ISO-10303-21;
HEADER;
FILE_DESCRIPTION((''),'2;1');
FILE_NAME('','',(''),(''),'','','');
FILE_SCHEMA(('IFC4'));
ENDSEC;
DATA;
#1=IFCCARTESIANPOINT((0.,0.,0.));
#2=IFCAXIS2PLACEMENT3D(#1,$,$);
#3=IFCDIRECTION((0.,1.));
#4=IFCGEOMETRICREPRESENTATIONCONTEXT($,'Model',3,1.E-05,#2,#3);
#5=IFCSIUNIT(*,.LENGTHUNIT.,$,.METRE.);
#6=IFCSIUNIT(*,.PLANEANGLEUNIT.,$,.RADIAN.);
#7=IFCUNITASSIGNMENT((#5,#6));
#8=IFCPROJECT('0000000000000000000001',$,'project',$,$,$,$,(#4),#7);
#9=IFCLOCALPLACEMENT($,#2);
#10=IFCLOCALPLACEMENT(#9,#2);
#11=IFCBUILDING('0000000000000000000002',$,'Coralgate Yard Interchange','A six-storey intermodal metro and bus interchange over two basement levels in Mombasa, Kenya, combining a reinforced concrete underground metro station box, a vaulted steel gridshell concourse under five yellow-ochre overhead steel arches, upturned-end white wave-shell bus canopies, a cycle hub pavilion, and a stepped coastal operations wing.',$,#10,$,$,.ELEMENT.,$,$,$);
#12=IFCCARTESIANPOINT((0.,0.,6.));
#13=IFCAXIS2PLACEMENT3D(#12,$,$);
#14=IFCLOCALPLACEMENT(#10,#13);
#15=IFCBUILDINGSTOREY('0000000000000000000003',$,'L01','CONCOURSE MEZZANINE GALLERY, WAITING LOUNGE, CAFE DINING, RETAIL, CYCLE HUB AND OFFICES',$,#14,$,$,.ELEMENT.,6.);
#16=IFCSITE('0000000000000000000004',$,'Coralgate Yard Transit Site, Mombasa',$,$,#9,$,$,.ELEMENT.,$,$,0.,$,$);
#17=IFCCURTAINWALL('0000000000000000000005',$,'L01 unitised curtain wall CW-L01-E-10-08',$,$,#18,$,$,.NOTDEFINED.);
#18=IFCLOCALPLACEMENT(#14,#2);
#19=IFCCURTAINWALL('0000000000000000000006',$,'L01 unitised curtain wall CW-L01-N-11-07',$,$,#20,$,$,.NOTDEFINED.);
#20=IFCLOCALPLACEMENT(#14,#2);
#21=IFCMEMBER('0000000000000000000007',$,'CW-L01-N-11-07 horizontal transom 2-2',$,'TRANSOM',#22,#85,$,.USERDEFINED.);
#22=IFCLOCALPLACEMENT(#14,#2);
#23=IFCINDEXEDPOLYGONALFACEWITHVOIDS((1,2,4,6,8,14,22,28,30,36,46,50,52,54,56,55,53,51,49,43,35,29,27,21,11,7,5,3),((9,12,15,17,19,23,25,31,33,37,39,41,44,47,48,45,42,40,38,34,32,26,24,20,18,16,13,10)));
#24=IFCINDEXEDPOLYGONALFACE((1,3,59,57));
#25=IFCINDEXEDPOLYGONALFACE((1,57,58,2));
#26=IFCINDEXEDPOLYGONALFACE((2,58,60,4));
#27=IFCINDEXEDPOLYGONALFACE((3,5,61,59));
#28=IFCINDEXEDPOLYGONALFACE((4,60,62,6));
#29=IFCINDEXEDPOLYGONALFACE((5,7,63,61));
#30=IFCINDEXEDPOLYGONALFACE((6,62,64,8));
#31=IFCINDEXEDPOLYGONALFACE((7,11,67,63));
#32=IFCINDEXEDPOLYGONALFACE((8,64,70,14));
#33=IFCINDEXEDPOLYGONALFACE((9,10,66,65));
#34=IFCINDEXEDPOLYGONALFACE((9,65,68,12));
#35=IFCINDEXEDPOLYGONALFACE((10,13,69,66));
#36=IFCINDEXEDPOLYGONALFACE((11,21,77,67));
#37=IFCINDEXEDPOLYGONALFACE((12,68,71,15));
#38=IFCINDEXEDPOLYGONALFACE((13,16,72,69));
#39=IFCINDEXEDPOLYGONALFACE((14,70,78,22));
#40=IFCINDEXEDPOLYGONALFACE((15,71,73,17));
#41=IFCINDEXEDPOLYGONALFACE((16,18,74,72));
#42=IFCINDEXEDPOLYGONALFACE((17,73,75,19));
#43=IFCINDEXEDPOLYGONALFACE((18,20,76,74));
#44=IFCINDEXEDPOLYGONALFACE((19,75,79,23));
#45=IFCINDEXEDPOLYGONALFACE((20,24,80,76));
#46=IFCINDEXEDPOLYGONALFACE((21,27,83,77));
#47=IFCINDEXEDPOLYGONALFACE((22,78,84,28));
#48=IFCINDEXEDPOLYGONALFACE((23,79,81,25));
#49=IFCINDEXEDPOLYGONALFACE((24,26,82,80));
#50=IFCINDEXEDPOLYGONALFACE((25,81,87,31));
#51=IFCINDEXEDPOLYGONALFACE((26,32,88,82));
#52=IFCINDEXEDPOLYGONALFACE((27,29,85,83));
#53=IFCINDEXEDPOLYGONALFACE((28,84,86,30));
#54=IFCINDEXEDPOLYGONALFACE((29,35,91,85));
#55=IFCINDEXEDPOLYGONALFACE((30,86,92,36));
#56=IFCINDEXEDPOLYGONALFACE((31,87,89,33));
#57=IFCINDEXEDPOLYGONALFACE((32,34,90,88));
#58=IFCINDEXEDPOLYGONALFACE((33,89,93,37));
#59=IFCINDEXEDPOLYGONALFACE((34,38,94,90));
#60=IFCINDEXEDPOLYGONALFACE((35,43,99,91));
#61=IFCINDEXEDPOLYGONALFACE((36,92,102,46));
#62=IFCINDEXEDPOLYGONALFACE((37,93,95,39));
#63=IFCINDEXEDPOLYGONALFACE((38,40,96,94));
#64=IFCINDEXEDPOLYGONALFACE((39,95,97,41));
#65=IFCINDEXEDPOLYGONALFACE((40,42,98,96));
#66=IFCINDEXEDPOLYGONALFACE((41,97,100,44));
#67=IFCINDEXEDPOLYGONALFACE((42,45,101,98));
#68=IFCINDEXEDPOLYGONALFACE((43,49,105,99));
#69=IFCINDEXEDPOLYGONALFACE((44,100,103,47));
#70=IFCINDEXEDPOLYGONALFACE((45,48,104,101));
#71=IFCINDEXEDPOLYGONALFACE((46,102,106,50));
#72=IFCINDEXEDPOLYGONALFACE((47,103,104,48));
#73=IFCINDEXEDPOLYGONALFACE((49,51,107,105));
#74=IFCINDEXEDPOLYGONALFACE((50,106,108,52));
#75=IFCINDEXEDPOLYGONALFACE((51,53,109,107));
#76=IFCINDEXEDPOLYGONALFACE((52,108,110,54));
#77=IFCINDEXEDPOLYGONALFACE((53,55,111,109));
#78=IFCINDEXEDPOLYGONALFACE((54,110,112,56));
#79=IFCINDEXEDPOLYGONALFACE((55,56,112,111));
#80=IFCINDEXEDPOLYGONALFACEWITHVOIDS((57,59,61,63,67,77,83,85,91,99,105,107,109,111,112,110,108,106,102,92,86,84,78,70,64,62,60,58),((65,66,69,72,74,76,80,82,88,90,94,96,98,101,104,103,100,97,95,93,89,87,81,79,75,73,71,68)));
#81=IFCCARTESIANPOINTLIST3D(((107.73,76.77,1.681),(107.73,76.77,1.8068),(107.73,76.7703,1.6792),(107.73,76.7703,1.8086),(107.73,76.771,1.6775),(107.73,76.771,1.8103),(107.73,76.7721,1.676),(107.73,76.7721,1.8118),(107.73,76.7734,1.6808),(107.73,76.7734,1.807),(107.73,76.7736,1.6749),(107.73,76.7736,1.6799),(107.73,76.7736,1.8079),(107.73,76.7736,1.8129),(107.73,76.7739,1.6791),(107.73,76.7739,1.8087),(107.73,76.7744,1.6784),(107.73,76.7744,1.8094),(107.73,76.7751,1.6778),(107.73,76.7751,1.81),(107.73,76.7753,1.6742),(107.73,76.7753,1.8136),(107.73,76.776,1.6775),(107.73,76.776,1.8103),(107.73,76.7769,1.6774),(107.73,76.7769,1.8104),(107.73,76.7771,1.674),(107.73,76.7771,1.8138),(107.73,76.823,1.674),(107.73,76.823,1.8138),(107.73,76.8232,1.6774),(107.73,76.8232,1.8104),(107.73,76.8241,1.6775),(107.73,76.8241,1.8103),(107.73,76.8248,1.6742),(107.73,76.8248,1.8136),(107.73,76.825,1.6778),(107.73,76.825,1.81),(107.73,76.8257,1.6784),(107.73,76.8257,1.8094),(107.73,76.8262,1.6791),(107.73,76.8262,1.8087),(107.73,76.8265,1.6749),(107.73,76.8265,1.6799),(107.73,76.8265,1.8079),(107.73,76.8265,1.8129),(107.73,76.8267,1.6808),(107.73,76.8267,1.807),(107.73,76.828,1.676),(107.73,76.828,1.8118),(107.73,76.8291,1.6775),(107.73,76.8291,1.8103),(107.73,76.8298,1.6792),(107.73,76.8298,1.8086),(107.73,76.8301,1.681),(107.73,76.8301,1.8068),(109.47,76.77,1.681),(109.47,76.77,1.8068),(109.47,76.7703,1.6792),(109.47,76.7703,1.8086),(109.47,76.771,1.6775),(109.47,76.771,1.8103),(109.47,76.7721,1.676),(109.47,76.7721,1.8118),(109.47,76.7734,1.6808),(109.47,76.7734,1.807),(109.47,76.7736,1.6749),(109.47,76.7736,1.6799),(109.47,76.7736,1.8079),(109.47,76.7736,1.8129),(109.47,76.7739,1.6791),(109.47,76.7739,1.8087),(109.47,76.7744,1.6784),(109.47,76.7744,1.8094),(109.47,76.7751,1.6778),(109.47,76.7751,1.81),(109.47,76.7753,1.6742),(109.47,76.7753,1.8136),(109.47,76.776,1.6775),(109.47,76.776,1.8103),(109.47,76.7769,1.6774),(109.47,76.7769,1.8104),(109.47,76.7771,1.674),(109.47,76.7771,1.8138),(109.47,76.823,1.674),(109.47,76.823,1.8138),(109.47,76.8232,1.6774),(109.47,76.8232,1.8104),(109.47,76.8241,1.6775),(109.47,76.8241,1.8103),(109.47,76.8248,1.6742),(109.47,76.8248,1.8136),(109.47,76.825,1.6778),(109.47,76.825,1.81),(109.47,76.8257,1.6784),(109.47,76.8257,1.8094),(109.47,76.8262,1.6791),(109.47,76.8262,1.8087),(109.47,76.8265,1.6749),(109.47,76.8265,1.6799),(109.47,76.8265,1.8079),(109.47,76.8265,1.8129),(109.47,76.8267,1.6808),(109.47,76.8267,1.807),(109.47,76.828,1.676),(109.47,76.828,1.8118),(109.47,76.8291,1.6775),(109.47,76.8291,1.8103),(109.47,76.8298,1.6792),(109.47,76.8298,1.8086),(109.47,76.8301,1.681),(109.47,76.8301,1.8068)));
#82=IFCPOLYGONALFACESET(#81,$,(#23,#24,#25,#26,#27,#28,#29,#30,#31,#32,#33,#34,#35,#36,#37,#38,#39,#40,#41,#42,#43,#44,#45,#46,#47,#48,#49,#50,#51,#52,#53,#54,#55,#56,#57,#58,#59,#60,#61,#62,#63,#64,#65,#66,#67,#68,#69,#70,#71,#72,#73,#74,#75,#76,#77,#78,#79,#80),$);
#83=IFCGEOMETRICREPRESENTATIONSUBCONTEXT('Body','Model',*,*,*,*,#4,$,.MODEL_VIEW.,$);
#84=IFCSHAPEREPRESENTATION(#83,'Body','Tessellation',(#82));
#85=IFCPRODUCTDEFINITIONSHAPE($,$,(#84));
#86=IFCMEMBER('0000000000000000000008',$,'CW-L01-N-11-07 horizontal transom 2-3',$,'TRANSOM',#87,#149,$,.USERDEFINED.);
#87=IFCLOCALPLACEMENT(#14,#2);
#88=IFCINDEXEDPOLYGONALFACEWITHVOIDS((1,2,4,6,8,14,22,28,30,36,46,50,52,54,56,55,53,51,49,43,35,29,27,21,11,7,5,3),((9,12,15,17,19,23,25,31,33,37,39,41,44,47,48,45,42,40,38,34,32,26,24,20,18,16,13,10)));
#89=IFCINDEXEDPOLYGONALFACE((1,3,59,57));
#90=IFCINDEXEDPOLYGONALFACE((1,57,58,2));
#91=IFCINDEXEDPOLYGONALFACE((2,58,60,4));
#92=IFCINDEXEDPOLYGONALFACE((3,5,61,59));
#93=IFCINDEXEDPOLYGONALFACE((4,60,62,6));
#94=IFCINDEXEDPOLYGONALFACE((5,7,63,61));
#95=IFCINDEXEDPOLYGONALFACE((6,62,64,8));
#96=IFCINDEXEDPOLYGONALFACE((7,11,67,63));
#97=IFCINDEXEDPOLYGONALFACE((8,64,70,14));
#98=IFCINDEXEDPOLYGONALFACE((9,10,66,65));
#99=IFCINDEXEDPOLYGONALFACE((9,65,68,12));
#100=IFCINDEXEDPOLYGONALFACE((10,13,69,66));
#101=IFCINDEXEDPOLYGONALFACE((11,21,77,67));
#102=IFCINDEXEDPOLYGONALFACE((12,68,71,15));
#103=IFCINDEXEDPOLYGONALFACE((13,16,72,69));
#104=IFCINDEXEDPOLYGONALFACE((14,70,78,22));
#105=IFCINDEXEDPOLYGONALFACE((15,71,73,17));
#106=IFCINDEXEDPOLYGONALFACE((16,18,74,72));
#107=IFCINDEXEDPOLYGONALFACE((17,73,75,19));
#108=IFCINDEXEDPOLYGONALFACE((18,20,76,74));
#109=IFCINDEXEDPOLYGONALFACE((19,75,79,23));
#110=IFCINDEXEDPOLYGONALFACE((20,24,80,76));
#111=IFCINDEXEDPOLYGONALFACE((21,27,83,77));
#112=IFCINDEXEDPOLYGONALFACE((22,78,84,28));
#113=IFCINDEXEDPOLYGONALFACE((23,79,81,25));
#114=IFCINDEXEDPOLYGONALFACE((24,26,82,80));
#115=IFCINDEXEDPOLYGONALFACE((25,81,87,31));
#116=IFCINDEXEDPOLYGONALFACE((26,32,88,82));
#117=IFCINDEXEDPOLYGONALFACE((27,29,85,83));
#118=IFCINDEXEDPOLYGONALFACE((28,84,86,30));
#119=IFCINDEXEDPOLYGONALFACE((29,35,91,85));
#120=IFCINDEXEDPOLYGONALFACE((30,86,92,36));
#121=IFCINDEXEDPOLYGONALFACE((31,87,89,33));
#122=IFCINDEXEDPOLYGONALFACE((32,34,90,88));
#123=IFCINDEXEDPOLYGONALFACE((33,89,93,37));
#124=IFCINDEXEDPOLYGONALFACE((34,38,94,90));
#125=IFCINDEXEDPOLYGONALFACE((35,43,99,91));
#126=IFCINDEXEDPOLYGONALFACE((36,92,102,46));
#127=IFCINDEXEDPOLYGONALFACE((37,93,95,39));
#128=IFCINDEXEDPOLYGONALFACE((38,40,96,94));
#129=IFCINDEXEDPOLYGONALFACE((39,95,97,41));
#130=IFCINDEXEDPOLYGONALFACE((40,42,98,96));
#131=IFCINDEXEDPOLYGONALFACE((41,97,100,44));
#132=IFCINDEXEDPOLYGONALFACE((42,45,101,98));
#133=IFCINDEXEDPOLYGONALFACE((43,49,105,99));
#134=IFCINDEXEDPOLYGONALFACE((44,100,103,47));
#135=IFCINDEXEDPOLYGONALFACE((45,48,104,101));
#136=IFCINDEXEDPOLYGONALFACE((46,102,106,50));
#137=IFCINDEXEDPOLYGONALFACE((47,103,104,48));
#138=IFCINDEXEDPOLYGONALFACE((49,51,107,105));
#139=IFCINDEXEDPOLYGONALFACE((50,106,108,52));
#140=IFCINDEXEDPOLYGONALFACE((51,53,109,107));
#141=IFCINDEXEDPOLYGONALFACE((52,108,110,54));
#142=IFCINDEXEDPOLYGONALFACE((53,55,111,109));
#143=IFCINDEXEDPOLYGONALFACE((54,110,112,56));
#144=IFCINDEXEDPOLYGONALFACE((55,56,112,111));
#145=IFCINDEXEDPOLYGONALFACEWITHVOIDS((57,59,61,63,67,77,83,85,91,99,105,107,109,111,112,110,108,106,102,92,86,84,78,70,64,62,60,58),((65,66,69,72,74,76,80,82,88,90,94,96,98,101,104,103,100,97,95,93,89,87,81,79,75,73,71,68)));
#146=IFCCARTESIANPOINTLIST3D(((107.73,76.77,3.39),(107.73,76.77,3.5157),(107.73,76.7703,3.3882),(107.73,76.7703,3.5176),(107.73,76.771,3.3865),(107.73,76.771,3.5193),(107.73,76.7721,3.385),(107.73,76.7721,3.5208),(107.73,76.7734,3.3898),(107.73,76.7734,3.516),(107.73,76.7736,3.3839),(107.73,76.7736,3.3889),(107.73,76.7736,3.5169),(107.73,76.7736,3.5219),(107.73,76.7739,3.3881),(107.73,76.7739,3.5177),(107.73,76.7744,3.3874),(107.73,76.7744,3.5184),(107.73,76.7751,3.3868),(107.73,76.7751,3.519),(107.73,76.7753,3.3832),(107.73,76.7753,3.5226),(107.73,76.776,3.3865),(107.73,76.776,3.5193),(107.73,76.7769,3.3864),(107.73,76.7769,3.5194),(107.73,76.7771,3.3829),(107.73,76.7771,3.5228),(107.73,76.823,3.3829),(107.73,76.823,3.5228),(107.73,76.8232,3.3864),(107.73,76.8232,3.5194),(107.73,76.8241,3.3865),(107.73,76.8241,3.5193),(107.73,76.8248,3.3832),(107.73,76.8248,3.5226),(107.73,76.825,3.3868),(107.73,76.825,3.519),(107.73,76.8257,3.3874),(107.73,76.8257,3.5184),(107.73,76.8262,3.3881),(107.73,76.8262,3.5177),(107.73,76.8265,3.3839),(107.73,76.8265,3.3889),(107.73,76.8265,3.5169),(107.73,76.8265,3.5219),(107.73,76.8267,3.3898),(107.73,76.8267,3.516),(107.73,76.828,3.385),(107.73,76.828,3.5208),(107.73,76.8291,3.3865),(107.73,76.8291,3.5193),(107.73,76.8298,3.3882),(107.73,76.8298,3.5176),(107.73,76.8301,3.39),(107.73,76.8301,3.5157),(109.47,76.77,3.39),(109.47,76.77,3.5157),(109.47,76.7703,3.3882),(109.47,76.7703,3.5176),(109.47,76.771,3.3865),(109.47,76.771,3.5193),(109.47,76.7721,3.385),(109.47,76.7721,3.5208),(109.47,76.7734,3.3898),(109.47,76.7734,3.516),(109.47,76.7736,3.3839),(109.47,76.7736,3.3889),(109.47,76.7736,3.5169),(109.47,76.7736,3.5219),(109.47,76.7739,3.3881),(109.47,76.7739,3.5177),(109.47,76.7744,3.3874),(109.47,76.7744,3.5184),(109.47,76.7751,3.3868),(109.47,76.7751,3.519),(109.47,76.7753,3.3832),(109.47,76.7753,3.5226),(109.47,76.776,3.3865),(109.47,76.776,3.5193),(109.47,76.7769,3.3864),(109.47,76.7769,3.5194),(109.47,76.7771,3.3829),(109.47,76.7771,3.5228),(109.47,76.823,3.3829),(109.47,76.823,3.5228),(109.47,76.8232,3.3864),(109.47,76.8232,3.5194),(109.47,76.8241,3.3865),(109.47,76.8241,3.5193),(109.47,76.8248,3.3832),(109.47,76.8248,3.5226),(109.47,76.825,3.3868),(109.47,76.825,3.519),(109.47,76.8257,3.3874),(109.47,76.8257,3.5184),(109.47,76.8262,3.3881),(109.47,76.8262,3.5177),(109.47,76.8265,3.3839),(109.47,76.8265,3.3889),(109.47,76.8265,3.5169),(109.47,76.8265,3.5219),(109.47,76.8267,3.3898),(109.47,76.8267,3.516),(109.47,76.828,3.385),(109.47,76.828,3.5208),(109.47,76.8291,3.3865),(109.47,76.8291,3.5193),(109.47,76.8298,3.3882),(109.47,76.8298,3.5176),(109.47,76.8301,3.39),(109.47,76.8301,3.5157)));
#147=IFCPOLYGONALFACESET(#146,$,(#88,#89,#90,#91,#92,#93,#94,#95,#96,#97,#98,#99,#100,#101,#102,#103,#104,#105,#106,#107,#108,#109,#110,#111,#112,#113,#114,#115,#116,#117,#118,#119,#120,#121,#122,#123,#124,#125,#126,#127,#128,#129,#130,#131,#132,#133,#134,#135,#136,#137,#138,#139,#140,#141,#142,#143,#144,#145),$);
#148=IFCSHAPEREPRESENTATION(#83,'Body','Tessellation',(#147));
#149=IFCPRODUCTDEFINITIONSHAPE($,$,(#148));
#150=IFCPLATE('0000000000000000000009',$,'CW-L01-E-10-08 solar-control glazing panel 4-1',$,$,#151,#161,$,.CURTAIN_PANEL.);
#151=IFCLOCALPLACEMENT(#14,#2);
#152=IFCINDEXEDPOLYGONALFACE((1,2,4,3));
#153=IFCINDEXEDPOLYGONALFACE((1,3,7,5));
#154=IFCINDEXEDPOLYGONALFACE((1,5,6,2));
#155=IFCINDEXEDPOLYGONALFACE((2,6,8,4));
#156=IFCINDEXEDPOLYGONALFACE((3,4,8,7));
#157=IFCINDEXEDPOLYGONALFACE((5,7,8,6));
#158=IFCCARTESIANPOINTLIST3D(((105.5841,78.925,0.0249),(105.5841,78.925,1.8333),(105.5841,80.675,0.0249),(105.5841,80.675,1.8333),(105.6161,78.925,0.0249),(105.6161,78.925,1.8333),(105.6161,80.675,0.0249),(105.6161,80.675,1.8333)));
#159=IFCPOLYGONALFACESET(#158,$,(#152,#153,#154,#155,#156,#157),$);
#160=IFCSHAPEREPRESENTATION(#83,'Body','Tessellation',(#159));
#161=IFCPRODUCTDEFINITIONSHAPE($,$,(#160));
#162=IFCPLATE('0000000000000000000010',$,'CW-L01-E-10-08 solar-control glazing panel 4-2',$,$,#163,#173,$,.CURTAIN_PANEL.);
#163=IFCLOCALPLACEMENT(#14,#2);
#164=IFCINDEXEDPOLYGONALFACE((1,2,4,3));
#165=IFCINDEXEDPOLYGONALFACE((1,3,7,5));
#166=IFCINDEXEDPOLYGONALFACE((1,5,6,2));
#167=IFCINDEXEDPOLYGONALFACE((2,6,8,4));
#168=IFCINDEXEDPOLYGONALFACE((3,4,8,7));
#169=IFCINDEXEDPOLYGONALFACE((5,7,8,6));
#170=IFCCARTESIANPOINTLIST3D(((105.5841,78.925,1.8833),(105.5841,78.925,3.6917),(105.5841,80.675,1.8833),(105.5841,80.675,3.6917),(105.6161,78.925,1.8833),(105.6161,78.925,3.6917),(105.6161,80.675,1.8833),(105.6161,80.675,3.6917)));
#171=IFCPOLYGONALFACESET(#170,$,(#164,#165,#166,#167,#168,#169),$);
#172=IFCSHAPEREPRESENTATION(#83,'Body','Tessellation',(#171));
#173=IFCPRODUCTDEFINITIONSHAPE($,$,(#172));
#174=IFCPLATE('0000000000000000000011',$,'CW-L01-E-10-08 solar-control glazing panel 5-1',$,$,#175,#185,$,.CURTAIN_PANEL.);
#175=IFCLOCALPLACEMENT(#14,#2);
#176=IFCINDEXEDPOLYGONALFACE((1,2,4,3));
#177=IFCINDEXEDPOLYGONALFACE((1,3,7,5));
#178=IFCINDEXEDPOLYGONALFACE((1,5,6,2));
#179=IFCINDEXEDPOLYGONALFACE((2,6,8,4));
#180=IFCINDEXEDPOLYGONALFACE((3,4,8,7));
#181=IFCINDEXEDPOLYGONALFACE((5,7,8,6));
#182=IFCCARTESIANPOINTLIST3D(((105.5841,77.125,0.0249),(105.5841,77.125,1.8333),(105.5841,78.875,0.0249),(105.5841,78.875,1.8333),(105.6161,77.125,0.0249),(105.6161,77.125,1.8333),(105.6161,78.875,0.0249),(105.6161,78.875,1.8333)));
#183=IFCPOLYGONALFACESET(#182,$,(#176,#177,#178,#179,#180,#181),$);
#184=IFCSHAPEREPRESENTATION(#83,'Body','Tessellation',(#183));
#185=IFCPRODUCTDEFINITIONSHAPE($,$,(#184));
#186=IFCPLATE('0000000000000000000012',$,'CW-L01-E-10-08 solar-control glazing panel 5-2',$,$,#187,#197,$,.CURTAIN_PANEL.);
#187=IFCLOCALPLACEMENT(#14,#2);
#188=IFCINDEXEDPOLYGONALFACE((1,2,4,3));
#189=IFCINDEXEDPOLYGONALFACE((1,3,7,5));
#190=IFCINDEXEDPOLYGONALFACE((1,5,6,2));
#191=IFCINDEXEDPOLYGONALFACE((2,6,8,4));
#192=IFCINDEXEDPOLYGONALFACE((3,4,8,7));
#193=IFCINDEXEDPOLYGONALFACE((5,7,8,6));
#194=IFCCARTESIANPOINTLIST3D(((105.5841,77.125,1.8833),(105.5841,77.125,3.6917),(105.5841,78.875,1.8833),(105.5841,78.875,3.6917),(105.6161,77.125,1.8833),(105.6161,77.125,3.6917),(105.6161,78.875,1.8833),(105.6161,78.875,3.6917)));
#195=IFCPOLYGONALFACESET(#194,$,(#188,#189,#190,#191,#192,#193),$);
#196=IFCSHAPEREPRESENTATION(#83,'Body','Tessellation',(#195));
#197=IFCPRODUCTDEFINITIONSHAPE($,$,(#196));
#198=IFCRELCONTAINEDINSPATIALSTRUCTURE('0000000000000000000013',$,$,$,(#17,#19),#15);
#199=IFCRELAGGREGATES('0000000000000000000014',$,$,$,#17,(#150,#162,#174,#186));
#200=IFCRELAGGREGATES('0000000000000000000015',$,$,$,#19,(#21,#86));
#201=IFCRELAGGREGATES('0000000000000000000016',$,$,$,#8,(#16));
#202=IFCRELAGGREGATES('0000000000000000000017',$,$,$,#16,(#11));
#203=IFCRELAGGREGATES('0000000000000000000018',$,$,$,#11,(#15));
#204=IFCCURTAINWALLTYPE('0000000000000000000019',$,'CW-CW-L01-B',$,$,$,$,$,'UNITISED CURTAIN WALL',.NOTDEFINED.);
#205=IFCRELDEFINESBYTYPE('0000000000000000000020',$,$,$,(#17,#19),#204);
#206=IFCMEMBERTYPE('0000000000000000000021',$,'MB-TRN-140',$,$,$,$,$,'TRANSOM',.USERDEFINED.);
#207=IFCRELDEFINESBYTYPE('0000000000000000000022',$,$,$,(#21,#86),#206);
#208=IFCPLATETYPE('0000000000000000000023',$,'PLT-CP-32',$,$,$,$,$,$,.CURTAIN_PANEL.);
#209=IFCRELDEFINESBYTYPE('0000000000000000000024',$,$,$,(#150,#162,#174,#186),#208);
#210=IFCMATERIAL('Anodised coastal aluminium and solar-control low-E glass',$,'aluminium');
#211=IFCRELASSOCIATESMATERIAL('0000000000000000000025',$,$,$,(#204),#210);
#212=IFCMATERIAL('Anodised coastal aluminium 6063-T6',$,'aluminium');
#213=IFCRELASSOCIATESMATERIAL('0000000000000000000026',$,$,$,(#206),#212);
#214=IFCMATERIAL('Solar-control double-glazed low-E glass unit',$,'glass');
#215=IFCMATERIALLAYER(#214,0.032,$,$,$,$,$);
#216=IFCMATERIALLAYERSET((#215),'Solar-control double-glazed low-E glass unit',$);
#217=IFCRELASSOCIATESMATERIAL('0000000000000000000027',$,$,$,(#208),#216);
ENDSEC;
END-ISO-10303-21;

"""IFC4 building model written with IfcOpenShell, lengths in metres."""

from ifc_helpers import new_model, si_unit, direction, frame, origin, origin_2d, place, context, subcontext, project, spatial, rectangle, hollow_rectangle, extrude, material, layer, layer_set, material_profile, profile_set, type_object, element, aggregate, save


model = new_model("IFC4")

# Units and contexts
model_context = context("Model", 3, precision=1e-05, world=origin(), true_north=direction((0.0, 1.0)))
body_context = subcontext(model_context, "Body", "Model", "MODEL_VIEW")
ifc_project = project(units=[si_unit("LENGTHUNIT", "METRE"), si_unit("PLANEANGLEUNIT", "RADIAN")], contexts=[model_context])

# Site, building, storey
site_placement = place(None, origin())
site = spatial("IfcSite", under=ifc_project, at=site_placement, Name="Coralgate Yard Transit Site, Mombasa", CompositionType="ELEMENT", RefElevation=0.0)
building_placement = place(site_placement, origin())
building = spatial("IfcBuilding", under=site, at=building_placement, Name="Coralgate Yard Interchange", Description="A six-storey intermodal metro and bus interchange over two basement levels in Mombasa, Kenya, combining a reinforced concrete underground metro station box, a vaulted steel gridshell concourse under five yellow-ochre overhead steel arches, upturned-end white wave-shell bus canopies, a cycle hub pavilion, and a stepped coastal operations wing.", CompositionType="ELEMENT")
storey_placement = place(building_placement, frame((0.0, 0.0, 6.0)))
storey = spatial("IfcBuildingStorey", under=building, at=storey_placement, Name="L01", Description="CONCOURSE MEZZANINE GALLERY, WAITING LOUNGE, CAFE DINING, RETAIL, CYCLE HUB AND OFFICES", CompositionType="ELEMENT", Elevation=6.0)

# Curtain walls
ifc_material_1 = material(Name="Anodised coastal aluminium and solar-control low-E glass", Category="aluminium")
curtain_wall_type = type_object("IfcCurtainWallType", Name="CW-CW-L01-B", ElementType="UNITISED CURTAIN WALL", PredefinedType="NOTDEFINED", material=ifc_material_1)
curtain_wall_1_placement = place(storey_placement, origin())
curtain_wall_1 = element("IfcCurtainWall", 1, at=curtain_wall_1_placement, inside=storey, type_object=curtain_wall_type, Name="L01 unitised curtain wall CW-L01-E-10-08", PredefinedType="NOTDEFINED")
ifc_material_2 = material(Name="Anodised coastal aluminium 6063-T6", Category="aluminium")
curtain_wall_2_placement = place(storey_placement, origin())
curtain_wall_2 = element("IfcCurtainWall", 2, at=curtain_wall_2_placement, inside=storey, type_object=curtain_wall_type, Name="L01 unitised curtain wall CW-L01-N-11-07", PredefinedType="NOTDEFINED")

# Members
ifc_material_profile_1 = material_profile(ifc_material_2, hollow_rectangle(XDim=0.0601, YDim=0.1399, WallThickness=0.0034, InnerFilletRadius=0.0034, OuterFilletRadius=0.0071, at=origin_2d()), Name="ALU 60x140x3.5")
ifc_profile_set_1 = profile_set([ifc_material_profile_1], Name="Anodised coastal aluminium 6063-T6")
member_type_1 = type_object("IfcMemberType", Name="MB-TRN-140", ElementType="TRANSOM", PredefinedType="USERDEFINED", material=ifc_profile_set_1)
member_1_placement = place(storey_placement, frame((107.73, 76.8, 1.7439), z_axis=(1.0, 0.0, 0.0), x_axis=(0.0, 1.0, 0.0)))
member_1 = element("IfcMember", 3, at=member_1_placement, type_object=member_type_1, Name="CW-L01-N-11-07 horizontal transom 2-2", ObjectType="TRANSOM", PredefinedType="USERDEFINED", context=body_context, shape_type="SweptSolid", body=[
    extrude(hollow_rectangle(XDim=0.0601, YDim=0.1399, WallThickness=0.0034, InnerFilletRadius=0.0034, OuterFilletRadius=0.0071, at=origin_2d()), origin(), (0.0, 0.0, 1.0), 1.74),
])
member_2_placement = place(storey_placement, frame((107.73, 76.8, 3.4529), z_axis=(1.0, 0.0, 0.0), x_axis=(0.0, 1.0, 0.0)))
member_2 = element("IfcMember", 4, at=member_2_placement, type_object=member_type_1, Name="CW-L01-N-11-07 horizontal transom 2-3", ObjectType="TRANSOM", PredefinedType="USERDEFINED", context=body_context, shape_type="SweptSolid", body=[
    extrude(hollow_rectangle(XDim=0.0601, YDim=0.1399, WallThickness=0.0034, InnerFilletRadius=0.0034, OuterFilletRadius=0.0071, at=origin_2d()), origin(), (0.0, 0.0, 1.0), 1.74),
])

# Plates
ifc_material_3 = material(Name="Solar-control double-glazed low-E glass unit", Category="glass")
ifc_layer_1 = layer(ifc_material_3, 0.032)
ifc_layer_set_1 = layer_set([ifc_layer_1], Name="Solar-control double-glazed low-E glass unit")
plate_type = type_object("IfcPlateType", Name="PLT-CP-32", PredefinedType="CURTAIN_PANEL", material=ifc_layer_set_1)
plate_1_placement = place(storey_placement, frame((105.6001, 79.8, 0.0249), z_axis=(0.0, 0.0, 1.0), x_axis=(0.0, -1.0, 0.0)))
plate_1 = element("IfcPlate", 5, at=plate_1_placement, type_object=plate_type, Name="CW-L01-E-10-08 solar-control glazing panel 4-1", PredefinedType="CURTAIN_PANEL", context=body_context, shape_type="SweptSolid", body=[
    extrude(rectangle(XDim=1.75, YDim=0.032, at=origin_2d()), origin(), (0.0, 0.0, 1.0), 1.8083),
])
plate_2_placement = place(storey_placement, frame((105.6001, 79.8, 1.8833), z_axis=(0.0, 0.0, 1.0), x_axis=(0.0, -1.0, 0.0)))
plate_2 = element("IfcPlate", 6, at=plate_2_placement, type_object=plate_type, Name="CW-L01-E-10-08 solar-control glazing panel 4-2", PredefinedType="CURTAIN_PANEL", context=body_context, shape_type="SweptSolid", body=[
    extrude(rectangle(XDim=1.75, YDim=0.032, at=origin_2d()), origin(), (0.0, 0.0, 1.0), 1.8083),
])
plate_3_placement = place(storey_placement, frame((105.6001, 78.0, 0.0249), z_axis=(0.0, 0.0, 1.0), x_axis=(0.0, -1.0, 0.0)))
plate_3 = element("IfcPlate", 7, at=plate_3_placement, type_object=plate_type, Name="CW-L01-E-10-08 solar-control glazing panel 5-1", PredefinedType="CURTAIN_PANEL", context=body_context, shape_type="SweptSolid", body=[
    extrude(rectangle(XDim=1.75, YDim=0.032, at=origin_2d()), origin(), (0.0, 0.0, 1.0), 1.8083),
])
plate_4_placement = place(storey_placement, frame((105.6001, 78.0, 1.8833), z_axis=(0.0, 0.0, 1.0), x_axis=(0.0, -1.0, 0.0)))
plate_4 = element("IfcPlate", 8, at=plate_4_placement, type_object=plate_type, Name="CW-L01-E-10-08 solar-control glazing panel 5-2", PredefinedType="CURTAIN_PANEL", context=body_context, shape_type="SweptSolid", body=[
    extrude(rectangle(XDim=1.75, YDim=0.032, at=origin_2d()), origin(), (0.0, 0.0, 1.0), 1.8083),
])
aggregate(curtain_wall_1, [plate_1, plate_2, plate_3, plate_4])
aggregate(curtain_wall_2, [member_1, member_2])

save(model, "model.ifc")
